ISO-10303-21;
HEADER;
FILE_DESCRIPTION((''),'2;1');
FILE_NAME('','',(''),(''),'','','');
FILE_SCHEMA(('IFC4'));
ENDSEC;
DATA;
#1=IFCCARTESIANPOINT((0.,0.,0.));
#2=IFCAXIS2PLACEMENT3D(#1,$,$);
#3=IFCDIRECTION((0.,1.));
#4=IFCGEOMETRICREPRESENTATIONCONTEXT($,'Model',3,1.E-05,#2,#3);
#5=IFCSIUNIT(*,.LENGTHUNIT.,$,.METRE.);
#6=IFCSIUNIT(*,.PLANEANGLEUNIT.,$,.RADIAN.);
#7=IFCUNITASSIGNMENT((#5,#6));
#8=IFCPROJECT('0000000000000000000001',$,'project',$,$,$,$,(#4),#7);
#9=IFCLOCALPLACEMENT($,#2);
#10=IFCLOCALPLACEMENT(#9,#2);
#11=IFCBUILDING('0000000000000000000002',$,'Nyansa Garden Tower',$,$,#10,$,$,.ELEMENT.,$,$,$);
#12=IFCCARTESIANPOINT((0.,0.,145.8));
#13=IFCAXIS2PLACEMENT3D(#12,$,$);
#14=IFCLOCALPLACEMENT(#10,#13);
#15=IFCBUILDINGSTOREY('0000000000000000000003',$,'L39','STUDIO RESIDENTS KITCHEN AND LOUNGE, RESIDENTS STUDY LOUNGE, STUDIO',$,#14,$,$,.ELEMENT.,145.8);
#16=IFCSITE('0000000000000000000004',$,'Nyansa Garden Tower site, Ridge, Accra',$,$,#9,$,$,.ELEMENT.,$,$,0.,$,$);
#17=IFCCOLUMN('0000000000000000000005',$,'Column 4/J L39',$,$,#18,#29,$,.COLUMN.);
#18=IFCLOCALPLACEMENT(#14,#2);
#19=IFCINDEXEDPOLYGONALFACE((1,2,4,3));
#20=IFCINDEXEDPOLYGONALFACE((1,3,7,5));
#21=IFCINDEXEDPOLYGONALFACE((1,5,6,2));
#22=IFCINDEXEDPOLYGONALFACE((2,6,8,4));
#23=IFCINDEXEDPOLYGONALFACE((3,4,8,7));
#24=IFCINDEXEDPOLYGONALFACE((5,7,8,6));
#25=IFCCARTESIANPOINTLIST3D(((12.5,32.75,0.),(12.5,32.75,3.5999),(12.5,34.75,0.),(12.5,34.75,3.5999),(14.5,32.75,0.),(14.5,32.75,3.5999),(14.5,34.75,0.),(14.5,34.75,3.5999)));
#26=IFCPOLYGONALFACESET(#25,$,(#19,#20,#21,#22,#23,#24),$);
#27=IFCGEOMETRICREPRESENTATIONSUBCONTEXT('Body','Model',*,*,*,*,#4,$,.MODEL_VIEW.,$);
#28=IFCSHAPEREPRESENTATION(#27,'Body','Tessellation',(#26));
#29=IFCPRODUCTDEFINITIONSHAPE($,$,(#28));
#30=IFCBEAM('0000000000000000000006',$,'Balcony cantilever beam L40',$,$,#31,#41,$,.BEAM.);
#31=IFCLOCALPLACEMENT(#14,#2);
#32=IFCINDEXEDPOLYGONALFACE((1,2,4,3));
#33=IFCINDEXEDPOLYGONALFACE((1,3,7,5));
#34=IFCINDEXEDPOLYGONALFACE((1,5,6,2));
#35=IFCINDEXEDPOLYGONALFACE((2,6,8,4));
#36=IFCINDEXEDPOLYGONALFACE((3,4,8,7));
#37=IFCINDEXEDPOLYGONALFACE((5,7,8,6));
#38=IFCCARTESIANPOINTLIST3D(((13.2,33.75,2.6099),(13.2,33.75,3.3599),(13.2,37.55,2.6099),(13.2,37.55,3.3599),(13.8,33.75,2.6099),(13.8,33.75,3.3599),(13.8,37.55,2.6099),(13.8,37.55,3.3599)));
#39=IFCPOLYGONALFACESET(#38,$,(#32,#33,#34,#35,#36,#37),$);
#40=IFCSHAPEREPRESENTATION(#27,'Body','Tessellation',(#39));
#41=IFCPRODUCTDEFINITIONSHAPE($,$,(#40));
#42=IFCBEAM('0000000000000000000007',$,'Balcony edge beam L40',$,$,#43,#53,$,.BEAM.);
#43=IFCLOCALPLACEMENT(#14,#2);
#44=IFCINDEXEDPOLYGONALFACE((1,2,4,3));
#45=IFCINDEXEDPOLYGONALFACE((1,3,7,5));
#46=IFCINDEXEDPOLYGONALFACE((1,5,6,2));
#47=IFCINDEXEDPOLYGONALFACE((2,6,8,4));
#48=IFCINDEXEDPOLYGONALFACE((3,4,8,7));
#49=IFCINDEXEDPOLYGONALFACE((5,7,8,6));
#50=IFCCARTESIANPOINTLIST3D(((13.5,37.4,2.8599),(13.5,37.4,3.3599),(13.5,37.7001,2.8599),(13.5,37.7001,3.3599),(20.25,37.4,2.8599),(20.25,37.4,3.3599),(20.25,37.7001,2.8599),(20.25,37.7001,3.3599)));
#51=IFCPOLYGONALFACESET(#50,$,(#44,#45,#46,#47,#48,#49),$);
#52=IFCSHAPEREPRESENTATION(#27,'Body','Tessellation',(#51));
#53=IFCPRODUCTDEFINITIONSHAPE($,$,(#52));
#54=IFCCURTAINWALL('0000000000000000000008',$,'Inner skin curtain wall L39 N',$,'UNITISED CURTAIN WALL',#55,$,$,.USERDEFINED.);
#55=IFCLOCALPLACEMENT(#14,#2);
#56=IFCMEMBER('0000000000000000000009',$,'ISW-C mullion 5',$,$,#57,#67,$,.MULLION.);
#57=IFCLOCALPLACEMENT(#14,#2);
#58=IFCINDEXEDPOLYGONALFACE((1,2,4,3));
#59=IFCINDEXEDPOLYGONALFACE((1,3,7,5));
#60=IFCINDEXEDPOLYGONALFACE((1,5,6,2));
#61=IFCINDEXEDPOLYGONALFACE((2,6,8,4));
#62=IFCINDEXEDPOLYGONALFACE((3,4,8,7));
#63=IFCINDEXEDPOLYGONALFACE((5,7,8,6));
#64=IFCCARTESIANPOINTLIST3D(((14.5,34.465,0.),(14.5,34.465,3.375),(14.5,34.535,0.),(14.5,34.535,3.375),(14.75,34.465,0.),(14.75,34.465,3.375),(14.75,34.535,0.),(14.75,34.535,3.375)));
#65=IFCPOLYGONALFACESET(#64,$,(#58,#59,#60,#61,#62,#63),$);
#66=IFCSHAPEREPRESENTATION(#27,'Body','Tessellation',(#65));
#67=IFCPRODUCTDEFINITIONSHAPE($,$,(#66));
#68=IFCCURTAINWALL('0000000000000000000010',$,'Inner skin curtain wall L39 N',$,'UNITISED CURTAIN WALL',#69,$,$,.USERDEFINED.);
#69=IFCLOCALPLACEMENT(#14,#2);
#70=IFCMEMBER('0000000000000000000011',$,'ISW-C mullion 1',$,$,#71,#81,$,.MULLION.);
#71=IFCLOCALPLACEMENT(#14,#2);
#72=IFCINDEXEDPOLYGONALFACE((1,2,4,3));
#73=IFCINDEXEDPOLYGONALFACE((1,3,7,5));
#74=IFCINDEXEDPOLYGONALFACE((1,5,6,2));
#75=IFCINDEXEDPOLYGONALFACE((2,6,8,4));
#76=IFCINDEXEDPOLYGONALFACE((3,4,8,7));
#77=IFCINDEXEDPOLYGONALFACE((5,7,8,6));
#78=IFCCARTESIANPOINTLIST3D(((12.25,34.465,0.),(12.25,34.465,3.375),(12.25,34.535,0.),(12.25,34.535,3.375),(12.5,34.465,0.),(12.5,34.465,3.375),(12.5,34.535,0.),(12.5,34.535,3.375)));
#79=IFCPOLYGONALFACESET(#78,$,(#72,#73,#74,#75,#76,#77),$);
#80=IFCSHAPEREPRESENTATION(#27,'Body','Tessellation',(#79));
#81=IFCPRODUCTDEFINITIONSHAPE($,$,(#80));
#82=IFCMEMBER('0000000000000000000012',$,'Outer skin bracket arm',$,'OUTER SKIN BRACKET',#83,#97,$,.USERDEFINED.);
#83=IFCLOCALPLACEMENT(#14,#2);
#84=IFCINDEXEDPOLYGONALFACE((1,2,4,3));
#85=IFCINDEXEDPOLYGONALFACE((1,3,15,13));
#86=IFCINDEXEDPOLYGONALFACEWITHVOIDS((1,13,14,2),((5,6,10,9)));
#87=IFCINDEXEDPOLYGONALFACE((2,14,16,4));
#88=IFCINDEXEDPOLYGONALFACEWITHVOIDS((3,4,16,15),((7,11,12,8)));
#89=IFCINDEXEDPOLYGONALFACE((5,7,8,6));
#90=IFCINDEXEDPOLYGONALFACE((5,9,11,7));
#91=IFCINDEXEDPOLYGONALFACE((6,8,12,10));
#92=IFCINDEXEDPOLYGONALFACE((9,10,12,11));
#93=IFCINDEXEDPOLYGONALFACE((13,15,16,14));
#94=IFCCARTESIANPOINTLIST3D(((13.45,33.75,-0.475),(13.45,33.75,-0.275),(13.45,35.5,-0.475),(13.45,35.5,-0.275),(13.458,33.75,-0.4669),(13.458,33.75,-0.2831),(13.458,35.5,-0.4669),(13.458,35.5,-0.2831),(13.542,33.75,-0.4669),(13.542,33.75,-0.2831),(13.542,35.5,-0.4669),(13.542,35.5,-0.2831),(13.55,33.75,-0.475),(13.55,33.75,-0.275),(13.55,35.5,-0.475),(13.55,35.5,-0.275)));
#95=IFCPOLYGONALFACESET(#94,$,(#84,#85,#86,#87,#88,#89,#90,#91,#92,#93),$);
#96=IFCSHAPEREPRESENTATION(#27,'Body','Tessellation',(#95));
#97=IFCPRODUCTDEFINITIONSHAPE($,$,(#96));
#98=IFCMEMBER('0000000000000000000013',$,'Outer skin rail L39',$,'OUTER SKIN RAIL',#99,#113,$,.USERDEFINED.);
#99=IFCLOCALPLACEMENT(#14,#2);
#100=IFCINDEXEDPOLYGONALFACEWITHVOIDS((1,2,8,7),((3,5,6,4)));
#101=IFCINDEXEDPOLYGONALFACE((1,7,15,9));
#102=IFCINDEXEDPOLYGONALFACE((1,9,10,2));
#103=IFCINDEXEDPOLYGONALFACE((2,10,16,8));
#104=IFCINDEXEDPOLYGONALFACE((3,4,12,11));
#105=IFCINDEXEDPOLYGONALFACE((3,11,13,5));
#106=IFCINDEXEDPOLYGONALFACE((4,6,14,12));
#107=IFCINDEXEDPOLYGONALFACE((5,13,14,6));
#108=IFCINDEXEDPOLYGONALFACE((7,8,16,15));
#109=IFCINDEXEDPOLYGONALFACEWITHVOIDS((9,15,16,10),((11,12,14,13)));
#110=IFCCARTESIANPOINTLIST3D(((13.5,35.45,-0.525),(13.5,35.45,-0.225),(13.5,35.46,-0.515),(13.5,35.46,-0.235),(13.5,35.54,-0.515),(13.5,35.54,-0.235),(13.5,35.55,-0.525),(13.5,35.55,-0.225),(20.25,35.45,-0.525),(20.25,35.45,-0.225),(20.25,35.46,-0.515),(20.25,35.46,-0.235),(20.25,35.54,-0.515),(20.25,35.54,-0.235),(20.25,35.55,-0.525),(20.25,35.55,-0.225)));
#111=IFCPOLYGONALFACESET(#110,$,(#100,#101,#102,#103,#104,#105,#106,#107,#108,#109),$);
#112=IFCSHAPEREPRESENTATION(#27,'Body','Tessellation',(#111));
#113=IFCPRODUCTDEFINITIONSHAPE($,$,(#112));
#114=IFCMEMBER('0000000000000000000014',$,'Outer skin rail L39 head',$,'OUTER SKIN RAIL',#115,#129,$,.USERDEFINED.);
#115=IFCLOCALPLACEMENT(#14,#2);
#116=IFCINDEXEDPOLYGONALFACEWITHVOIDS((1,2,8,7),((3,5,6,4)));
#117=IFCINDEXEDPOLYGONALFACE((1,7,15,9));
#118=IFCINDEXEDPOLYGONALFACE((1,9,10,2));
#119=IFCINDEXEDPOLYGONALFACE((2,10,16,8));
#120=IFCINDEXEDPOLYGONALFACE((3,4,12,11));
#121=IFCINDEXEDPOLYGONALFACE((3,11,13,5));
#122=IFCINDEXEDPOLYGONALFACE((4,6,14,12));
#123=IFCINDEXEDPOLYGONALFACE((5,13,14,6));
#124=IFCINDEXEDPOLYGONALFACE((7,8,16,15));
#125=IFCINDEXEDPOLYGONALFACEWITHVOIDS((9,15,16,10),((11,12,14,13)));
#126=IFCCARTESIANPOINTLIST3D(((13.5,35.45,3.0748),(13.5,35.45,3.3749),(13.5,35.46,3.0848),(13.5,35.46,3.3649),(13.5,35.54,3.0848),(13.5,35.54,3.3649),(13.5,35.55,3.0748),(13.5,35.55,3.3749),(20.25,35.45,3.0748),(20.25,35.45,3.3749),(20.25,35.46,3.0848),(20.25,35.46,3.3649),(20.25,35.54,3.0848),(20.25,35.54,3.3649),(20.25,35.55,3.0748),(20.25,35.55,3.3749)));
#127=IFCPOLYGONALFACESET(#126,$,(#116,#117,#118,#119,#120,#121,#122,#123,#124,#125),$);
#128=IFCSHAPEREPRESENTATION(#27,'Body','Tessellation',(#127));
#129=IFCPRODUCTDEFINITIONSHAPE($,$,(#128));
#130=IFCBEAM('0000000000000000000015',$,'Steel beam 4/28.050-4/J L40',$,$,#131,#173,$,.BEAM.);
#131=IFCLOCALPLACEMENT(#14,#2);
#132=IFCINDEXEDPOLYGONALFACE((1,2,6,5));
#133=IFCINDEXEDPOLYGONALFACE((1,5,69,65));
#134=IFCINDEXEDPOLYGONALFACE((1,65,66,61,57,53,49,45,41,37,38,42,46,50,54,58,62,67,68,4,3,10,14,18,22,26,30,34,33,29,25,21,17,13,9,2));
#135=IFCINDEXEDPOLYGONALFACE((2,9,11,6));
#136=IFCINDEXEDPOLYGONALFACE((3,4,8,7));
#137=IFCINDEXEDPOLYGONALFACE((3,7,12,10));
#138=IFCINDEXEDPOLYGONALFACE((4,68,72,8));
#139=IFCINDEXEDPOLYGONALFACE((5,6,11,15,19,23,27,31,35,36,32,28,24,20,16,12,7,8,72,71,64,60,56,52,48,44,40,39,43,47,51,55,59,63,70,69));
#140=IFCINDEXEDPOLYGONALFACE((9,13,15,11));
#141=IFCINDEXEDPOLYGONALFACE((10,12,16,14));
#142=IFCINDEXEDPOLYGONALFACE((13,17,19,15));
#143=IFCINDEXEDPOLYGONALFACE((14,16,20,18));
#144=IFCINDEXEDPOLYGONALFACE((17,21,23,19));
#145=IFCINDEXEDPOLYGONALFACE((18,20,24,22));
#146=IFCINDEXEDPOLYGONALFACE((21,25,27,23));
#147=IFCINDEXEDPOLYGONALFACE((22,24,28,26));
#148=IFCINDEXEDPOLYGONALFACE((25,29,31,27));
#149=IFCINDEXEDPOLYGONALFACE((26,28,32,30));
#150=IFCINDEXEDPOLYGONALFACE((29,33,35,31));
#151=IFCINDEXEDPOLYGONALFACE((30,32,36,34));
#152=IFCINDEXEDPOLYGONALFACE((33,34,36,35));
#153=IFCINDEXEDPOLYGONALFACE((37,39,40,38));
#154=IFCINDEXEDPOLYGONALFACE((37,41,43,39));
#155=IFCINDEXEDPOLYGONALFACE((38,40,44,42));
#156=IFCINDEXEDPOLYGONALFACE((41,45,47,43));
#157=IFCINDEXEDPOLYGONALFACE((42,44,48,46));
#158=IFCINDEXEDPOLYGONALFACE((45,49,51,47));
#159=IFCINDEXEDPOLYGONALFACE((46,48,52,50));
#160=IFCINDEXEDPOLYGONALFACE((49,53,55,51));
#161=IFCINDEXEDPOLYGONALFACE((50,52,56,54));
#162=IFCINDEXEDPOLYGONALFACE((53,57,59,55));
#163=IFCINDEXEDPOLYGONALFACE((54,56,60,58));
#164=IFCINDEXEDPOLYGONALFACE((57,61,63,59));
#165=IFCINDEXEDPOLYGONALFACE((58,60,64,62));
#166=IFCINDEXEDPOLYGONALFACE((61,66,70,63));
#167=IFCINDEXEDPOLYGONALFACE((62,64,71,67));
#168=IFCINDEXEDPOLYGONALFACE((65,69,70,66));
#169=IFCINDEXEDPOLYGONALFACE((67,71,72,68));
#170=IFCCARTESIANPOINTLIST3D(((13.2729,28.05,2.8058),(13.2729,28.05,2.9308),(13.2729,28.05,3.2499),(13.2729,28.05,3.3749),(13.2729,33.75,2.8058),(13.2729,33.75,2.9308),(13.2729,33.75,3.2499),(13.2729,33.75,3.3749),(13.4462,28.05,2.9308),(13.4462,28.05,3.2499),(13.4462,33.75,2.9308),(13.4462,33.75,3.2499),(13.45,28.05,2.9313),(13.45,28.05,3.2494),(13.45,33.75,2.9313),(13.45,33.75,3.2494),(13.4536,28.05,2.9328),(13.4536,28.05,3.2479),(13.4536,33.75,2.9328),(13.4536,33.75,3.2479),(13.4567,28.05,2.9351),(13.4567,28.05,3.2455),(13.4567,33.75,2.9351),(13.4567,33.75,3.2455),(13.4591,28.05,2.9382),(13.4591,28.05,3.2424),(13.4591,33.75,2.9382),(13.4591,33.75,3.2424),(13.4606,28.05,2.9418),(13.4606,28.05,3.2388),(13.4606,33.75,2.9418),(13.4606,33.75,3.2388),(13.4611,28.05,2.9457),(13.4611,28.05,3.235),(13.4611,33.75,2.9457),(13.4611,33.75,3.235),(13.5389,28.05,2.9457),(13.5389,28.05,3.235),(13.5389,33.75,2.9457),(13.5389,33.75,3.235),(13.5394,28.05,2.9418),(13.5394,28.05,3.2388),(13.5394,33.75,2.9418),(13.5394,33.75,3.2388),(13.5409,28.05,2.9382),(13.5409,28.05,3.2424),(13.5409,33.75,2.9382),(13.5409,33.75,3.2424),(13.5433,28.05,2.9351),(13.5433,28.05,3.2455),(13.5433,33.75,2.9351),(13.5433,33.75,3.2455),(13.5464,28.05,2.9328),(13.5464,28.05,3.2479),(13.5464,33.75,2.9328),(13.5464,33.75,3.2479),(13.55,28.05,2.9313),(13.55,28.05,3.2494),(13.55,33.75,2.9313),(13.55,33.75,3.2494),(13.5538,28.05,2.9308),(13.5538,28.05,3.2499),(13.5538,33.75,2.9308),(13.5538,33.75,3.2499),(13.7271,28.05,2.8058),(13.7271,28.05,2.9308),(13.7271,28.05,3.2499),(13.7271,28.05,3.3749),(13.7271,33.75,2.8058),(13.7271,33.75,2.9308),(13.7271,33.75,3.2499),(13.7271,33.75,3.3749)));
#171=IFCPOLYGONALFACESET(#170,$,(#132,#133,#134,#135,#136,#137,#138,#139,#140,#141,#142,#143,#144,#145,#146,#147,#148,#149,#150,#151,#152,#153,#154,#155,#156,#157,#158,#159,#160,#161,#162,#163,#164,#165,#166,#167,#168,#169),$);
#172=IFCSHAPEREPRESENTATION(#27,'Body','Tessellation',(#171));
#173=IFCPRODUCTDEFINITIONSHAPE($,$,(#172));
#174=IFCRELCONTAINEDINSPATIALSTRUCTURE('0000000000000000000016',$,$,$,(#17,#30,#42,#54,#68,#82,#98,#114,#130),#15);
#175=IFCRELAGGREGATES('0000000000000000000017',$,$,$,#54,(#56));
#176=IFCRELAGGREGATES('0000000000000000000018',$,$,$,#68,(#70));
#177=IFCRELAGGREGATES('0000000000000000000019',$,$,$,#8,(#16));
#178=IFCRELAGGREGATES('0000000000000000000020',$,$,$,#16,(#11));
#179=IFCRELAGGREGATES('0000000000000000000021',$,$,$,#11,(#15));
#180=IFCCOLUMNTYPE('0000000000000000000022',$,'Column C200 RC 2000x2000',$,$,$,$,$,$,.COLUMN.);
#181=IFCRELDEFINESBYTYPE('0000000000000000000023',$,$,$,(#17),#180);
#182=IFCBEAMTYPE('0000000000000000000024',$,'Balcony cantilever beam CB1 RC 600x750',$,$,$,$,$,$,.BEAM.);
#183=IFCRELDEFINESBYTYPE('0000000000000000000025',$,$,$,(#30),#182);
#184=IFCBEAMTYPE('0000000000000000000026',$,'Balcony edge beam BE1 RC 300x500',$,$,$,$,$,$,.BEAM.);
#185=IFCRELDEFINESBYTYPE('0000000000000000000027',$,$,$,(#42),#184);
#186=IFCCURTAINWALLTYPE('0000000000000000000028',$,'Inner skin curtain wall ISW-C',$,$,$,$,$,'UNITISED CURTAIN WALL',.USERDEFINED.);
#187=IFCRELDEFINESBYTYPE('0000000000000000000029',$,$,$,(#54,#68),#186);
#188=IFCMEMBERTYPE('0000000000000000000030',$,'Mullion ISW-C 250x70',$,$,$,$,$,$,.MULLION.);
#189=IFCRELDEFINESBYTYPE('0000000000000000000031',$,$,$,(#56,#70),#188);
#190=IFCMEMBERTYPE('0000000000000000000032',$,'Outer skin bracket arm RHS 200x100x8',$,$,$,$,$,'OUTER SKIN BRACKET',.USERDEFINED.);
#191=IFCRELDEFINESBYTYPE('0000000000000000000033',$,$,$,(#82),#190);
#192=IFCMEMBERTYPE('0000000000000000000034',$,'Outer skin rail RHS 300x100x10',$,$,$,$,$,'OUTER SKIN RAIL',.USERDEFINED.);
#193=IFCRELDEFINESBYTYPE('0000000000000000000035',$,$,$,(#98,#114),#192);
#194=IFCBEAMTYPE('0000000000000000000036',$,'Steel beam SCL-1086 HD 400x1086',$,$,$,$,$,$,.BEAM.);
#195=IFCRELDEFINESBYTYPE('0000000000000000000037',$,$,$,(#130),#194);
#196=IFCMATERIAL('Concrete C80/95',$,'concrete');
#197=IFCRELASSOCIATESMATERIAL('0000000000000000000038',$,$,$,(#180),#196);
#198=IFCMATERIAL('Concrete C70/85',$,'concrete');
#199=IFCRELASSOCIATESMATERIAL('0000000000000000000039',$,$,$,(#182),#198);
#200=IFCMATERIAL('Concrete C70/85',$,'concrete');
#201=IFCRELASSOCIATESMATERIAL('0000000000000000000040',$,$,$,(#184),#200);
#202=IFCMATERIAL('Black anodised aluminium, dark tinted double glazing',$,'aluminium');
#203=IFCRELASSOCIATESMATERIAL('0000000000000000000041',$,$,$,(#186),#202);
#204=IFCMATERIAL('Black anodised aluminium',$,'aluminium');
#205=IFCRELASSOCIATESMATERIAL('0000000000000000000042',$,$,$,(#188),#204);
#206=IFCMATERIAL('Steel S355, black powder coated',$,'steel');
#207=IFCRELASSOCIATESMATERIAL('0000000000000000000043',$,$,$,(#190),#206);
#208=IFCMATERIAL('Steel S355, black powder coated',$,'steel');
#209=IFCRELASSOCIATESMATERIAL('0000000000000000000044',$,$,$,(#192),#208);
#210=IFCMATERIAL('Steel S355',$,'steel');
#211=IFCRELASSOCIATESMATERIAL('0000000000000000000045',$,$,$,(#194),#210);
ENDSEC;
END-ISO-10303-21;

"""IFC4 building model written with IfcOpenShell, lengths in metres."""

from ifc_helpers import new_model, si_unit, direction, frame, origin, origin_2d, place, context, subcontext, project, spatial, rectangle, hollow_rectangle, i_section, extrude, material, material_profile, profile_set, type_object, element, aggregate, save


model = new_model("IFC4")

# Units and contexts
model_context = context("Model", 3, precision=1e-05, world=origin(), true_north=direction((0.0, 1.0)))
body_context = subcontext(model_context, "Body", "Model", "MODEL_VIEW")
ifc_project = project(units=[si_unit("LENGTHUNIT", "METRE"), si_unit("PLANEANGLEUNIT", "RADIAN")], contexts=[model_context])

# Site, building, storey
site_placement = place(None, origin())
site = spatial("IfcSite", under=ifc_project, at=site_placement, Name="Nyansa Garden Tower site, Ridge, Accra", CompositionType="ELEMENT", RefElevation=0.0)
building_placement = place(site_placement, origin())
building = spatial("IfcBuilding", under=site, at=building_placement, Name="Nyansa Garden Tower", CompositionType="ELEMENT")
storey_placement = place(building_placement, frame((0.0, 0.0, 145.8)))
storey = spatial("IfcBuildingStorey", under=building, at=storey_placement, Name="L39", Description="STUDIO RESIDENTS KITCHEN AND LOUNGE, RESIDENTS STUDY LOUNGE, STUDIO", CompositionType="ELEMENT", Elevation=145.8)

# Column
ifc_material_1 = material(Name="Concrete C80/95", Category="concrete")
ifc_material_profile_1 = material_profile(ifc_material_1, rectangle(XDim=2.0, YDim=2.0, at=origin_2d()), Name="RC 2000x2000")
ifc_profile_set_1 = profile_set([ifc_material_profile_1], Name="Concrete C80/95")
column_type = type_object("IfcColumnType", Name="Column C200 RC 2000x2000", PredefinedType="COLUMN", material=ifc_profile_set_1)
column_placement = place(storey_placement, frame((13.5, 33.75, 0.0), z_axis=(0.0, 0.0, 1.0), x_axis=(1.0, 0.0, 0.0)))
element("IfcColumn", 1, at=column_placement, inside=storey, type_object=column_type, Name="Column 4/J L39", PredefinedType="COLUMN", context=body_context, shape_type="SweptSolid", body=[
    extrude(rectangle(XDim=2.0, YDim=2.0, at=origin_2d()), origin(), (0.0, 0.0, 1.0), 3.5999),
])

# Beams
ifc_material_2 = material(Name="Concrete C70/85", Category="concrete")
ifc_material_profile_2 = material_profile(ifc_material_2, rectangle(XDim=0.6001, YDim=0.75, at=origin_2d()), Name="RC 600x750")
ifc_profile_set_2 = profile_set([ifc_material_profile_2], Name="Concrete C70/85")
beam_type_1 = type_object("IfcBeamType", Name="Balcony cantilever beam CB1 RC 600x750", PredefinedType="BEAM", material=ifc_profile_set_2)
beam_1_placement = place(storey_placement, frame((13.5, 33.75, 2.9849), z_axis=(0.0, 1.0, 0.0), x_axis=(-1.0, 0.0, 0.0)))
element("IfcBeam", 2, at=beam_1_placement, inside=storey, type_object=beam_type_1, Name="Balcony cantilever beam L40", PredefinedType="BEAM", context=body_context, shape_type="SweptSolid", body=[
    extrude(rectangle(XDim=0.6001, YDim=0.75, at=origin_2d()), origin(), (0.0, 0.0, 1.0), 3.8),
])
ifc_material_3 = material(Name="Concrete C70/85", Category="concrete")
ifc_material_profile_3 = material_profile(ifc_material_3, rectangle(XDim=0.3, YDim=0.5, at=origin_2d()), Name="RC 300x500")
ifc_profile_set_3 = profile_set([ifc_material_profile_3], Name="Concrete C70/85")
beam_type_2 = type_object("IfcBeamType", Name="Balcony edge beam BE1 RC 300x500", PredefinedType="BEAM", material=ifc_profile_set_3)
beam_2_placement = place(storey_placement, frame((13.5, 37.55, 3.1099), z_axis=(1.0, 0.0, 0.0), x_axis=(0.0, 1.0, 0.0)))
element("IfcBeam", 3, at=beam_2_placement, inside=storey, type_object=beam_type_2, Name="Balcony edge beam L40", PredefinedType="BEAM", context=body_context, shape_type="SweptSolid", body=[
    extrude(rectangle(XDim=0.3, YDim=0.5, at=origin_2d()), origin(), (0.0, 0.0, 1.0), 6.75),
])

# Curtain walls, members
ifc_material_4 = material(Name="Black anodised aluminium, dark tinted double glazing", Category="aluminium")
curtain_wall_type = type_object("IfcCurtainWallType", Name="Inner skin curtain wall ISW-C", ElementType="UNITISED CURTAIN WALL", PredefinedType="USERDEFINED", material=ifc_material_4)
curtain_wall_1_placement = place(storey_placement, origin())
curtain_wall_1 = element("IfcCurtainWall", 4, at=curtain_wall_1_placement, inside=storey, type_object=curtain_wall_type, Name="Inner skin curtain wall L39 N", ObjectType="UNITISED CURTAIN WALL", PredefinedType="USERDEFINED")
ifc_material_5 = material(Name="Black anodised aluminium", Category="aluminium")
ifc_material_profile_4 = material_profile(ifc_material_5, rectangle(XDim=0.0701, YDim=0.25, at=origin_2d()), Name="Mullion 250x70")
ifc_profile_set_4 = profile_set([ifc_material_profile_4], Name="Black anodised aluminium")
member_type_1 = type_object("IfcMemberType", Name="Mullion ISW-C 250x70", PredefinedType="MULLION", material=ifc_profile_set_4)
member_1_placement = place(storey_placement, frame((14.625, 34.5, 0.0), z_axis=(0.0, 0.0, 1.0), x_axis=(0.0, -1.0, 0.0)))
member_1 = element("IfcMember", 5, at=member_1_placement, type_object=member_type_1, Name="ISW-C mullion 5", PredefinedType="MULLION", context=body_context, shape_type="SweptSolid", body=[
    extrude(rectangle(XDim=0.0701, YDim=0.25, at=origin_2d()), origin(), (0.0, 0.0, 1.0), 3.375),
])
curtain_wall_2_placement = place(storey_placement, origin())
curtain_wall_2 = element("IfcCurtainWall", 6, at=curtain_wall_2_placement, inside=storey, type_object=curtain_wall_type, Name="Inner skin curtain wall L39 N", ObjectType="UNITISED CURTAIN WALL", PredefinedType="USERDEFINED")
member_2_placement = place(storey_placement, frame((12.375, 34.5, 0.0), z_axis=(0.0, 0.0, 1.0), x_axis=(0.0, -1.0, 0.0)))
member_2 = element("IfcMember", 7, at=member_2_placement, type_object=member_type_1, Name="ISW-C mullion 1", PredefinedType="MULLION", context=body_context, shape_type="SweptSolid", body=[
    extrude(rectangle(XDim=0.0701, YDim=0.25, at=origin_2d()), origin(), (0.0, 0.0, 1.0), 3.375),
])

# Members
ifc_material_6 = material(Name="Steel S355, black powder coated", Category="steel")
ifc_material_profile_5 = material_profile(ifc_material_6, hollow_rectangle(XDim=0.1001, YDim=0.2, WallThickness=0.0081, at=origin_2d()), Name="RHS 200x100x8")
ifc_profile_set_5 = profile_set([ifc_material_profile_5], Name="Steel S355, black powder coated")
member_type_2 = type_object("IfcMemberType", Name="Outer skin bracket arm RHS 200x100x8", ElementType="OUTER SKIN BRACKET", PredefinedType="USERDEFINED", material=ifc_profile_set_5)
member_3_placement = place(storey_placement, frame((13.5, 33.75, -0.375), z_axis=(0.0, 1.0, 0.0), x_axis=(-1.0, 0.0, 0.0)))
element("IfcMember", 8, at=member_3_placement, inside=storey, type_object=member_type_2, Name="Outer skin bracket arm", ObjectType="OUTER SKIN BRACKET", PredefinedType="USERDEFINED", context=body_context, shape_type="SweptSolid", body=[
    extrude(hollow_rectangle(XDim=0.1001, YDim=0.2, WallThickness=0.0081, at=origin_2d()), origin(), (0.0, 0.0, 1.0), 1.75),
])
ifc_material_7 = material(Name="Steel S355, black powder coated", Category="steel")
ifc_material_profile_6 = material_profile(ifc_material_7, hollow_rectangle(XDim=0.1001, YDim=0.3, WallThickness=0.01, at=origin_2d()), Name="RHS 300x100x10")
ifc_profile_set_6 = profile_set([ifc_material_profile_6], Name="Steel S355, black powder coated")
member_type_3 = type_object("IfcMemberType", Name="Outer skin rail RHS 300x100x10", ElementType="OUTER SKIN RAIL", PredefinedType="USERDEFINED", material=ifc_profile_set_6)
for number, where, z_axis, x_axis, name in (
    (9, (13.5, 35.5, -0.375), (1.0, 0.0, 0.0), (0.0, 1.0, 0.0), "Outer skin rail L39"),
    (10, (13.5, 35.5, 3.2249), (1.0, 0.0, 0.0), (0.0, 1.0, 0.0), "Outer skin rail L39 head"),
):
    element("IfcMember", number, at=place(storey_placement, frame(where, z_axis=z_axis, x_axis=x_axis)), inside=storey, type_object=member_type_3, Name=name, ObjectType="OUTER SKIN RAIL", PredefinedType="USERDEFINED", context=body_context, shape_type="SweptSolid", body=[
        extrude(hollow_rectangle(XDim=0.1001, YDim=0.3, WallThickness=0.01, at=origin_2d()), origin(), (0.0, 0.0, 1.0), 6.75),
    ])

# Beam
ifc_material_8 = material(Name="Steel S355", Category="steel")
ifc_material_profile_7 = material_profile(ifc_material_8, i_section(OverallWidth=0.4541, OverallDepth=0.5691, WebThickness=0.0779, FlangeThickness=0.125, FilletRadius=0.0149, at=origin_2d()), Name="HD 400x1086")
ifc_profile_set_7 = profile_set([ifc_material_profile_7], Name="Steel S355")
beam_type_3 = type_object("IfcBeamType", Name="Steel beam SCL-1086 HD 400x1086", PredefinedType="BEAM", material=ifc_profile_set_7)
beam_3_placement = place(storey_placement, frame((13.5, 28.05, 3.0903), z_axis=(0.0, 1.0, 0.0), x_axis=(-1.0, 0.0, 0.0)))
element("IfcBeam", 11, at=beam_3_placement, inside=storey, type_object=beam_type_3, Name="Steel beam 4/28.050-4/J L40", PredefinedType="BEAM", context=body_context, shape_type="SweptSolid", body=[
    extrude(i_section(OverallWidth=0.4541, OverallDepth=0.5691, WebThickness=0.0779, FlangeThickness=0.125, FilletRadius=0.0149, at=origin_2d()), origin(), (0.0, 0.0, 1.0), 5.7),
])

aggregate(curtain_wall_1, [member_1])
aggregate(curtain_wall_2, [member_2])

save(model, "model.ifc")
